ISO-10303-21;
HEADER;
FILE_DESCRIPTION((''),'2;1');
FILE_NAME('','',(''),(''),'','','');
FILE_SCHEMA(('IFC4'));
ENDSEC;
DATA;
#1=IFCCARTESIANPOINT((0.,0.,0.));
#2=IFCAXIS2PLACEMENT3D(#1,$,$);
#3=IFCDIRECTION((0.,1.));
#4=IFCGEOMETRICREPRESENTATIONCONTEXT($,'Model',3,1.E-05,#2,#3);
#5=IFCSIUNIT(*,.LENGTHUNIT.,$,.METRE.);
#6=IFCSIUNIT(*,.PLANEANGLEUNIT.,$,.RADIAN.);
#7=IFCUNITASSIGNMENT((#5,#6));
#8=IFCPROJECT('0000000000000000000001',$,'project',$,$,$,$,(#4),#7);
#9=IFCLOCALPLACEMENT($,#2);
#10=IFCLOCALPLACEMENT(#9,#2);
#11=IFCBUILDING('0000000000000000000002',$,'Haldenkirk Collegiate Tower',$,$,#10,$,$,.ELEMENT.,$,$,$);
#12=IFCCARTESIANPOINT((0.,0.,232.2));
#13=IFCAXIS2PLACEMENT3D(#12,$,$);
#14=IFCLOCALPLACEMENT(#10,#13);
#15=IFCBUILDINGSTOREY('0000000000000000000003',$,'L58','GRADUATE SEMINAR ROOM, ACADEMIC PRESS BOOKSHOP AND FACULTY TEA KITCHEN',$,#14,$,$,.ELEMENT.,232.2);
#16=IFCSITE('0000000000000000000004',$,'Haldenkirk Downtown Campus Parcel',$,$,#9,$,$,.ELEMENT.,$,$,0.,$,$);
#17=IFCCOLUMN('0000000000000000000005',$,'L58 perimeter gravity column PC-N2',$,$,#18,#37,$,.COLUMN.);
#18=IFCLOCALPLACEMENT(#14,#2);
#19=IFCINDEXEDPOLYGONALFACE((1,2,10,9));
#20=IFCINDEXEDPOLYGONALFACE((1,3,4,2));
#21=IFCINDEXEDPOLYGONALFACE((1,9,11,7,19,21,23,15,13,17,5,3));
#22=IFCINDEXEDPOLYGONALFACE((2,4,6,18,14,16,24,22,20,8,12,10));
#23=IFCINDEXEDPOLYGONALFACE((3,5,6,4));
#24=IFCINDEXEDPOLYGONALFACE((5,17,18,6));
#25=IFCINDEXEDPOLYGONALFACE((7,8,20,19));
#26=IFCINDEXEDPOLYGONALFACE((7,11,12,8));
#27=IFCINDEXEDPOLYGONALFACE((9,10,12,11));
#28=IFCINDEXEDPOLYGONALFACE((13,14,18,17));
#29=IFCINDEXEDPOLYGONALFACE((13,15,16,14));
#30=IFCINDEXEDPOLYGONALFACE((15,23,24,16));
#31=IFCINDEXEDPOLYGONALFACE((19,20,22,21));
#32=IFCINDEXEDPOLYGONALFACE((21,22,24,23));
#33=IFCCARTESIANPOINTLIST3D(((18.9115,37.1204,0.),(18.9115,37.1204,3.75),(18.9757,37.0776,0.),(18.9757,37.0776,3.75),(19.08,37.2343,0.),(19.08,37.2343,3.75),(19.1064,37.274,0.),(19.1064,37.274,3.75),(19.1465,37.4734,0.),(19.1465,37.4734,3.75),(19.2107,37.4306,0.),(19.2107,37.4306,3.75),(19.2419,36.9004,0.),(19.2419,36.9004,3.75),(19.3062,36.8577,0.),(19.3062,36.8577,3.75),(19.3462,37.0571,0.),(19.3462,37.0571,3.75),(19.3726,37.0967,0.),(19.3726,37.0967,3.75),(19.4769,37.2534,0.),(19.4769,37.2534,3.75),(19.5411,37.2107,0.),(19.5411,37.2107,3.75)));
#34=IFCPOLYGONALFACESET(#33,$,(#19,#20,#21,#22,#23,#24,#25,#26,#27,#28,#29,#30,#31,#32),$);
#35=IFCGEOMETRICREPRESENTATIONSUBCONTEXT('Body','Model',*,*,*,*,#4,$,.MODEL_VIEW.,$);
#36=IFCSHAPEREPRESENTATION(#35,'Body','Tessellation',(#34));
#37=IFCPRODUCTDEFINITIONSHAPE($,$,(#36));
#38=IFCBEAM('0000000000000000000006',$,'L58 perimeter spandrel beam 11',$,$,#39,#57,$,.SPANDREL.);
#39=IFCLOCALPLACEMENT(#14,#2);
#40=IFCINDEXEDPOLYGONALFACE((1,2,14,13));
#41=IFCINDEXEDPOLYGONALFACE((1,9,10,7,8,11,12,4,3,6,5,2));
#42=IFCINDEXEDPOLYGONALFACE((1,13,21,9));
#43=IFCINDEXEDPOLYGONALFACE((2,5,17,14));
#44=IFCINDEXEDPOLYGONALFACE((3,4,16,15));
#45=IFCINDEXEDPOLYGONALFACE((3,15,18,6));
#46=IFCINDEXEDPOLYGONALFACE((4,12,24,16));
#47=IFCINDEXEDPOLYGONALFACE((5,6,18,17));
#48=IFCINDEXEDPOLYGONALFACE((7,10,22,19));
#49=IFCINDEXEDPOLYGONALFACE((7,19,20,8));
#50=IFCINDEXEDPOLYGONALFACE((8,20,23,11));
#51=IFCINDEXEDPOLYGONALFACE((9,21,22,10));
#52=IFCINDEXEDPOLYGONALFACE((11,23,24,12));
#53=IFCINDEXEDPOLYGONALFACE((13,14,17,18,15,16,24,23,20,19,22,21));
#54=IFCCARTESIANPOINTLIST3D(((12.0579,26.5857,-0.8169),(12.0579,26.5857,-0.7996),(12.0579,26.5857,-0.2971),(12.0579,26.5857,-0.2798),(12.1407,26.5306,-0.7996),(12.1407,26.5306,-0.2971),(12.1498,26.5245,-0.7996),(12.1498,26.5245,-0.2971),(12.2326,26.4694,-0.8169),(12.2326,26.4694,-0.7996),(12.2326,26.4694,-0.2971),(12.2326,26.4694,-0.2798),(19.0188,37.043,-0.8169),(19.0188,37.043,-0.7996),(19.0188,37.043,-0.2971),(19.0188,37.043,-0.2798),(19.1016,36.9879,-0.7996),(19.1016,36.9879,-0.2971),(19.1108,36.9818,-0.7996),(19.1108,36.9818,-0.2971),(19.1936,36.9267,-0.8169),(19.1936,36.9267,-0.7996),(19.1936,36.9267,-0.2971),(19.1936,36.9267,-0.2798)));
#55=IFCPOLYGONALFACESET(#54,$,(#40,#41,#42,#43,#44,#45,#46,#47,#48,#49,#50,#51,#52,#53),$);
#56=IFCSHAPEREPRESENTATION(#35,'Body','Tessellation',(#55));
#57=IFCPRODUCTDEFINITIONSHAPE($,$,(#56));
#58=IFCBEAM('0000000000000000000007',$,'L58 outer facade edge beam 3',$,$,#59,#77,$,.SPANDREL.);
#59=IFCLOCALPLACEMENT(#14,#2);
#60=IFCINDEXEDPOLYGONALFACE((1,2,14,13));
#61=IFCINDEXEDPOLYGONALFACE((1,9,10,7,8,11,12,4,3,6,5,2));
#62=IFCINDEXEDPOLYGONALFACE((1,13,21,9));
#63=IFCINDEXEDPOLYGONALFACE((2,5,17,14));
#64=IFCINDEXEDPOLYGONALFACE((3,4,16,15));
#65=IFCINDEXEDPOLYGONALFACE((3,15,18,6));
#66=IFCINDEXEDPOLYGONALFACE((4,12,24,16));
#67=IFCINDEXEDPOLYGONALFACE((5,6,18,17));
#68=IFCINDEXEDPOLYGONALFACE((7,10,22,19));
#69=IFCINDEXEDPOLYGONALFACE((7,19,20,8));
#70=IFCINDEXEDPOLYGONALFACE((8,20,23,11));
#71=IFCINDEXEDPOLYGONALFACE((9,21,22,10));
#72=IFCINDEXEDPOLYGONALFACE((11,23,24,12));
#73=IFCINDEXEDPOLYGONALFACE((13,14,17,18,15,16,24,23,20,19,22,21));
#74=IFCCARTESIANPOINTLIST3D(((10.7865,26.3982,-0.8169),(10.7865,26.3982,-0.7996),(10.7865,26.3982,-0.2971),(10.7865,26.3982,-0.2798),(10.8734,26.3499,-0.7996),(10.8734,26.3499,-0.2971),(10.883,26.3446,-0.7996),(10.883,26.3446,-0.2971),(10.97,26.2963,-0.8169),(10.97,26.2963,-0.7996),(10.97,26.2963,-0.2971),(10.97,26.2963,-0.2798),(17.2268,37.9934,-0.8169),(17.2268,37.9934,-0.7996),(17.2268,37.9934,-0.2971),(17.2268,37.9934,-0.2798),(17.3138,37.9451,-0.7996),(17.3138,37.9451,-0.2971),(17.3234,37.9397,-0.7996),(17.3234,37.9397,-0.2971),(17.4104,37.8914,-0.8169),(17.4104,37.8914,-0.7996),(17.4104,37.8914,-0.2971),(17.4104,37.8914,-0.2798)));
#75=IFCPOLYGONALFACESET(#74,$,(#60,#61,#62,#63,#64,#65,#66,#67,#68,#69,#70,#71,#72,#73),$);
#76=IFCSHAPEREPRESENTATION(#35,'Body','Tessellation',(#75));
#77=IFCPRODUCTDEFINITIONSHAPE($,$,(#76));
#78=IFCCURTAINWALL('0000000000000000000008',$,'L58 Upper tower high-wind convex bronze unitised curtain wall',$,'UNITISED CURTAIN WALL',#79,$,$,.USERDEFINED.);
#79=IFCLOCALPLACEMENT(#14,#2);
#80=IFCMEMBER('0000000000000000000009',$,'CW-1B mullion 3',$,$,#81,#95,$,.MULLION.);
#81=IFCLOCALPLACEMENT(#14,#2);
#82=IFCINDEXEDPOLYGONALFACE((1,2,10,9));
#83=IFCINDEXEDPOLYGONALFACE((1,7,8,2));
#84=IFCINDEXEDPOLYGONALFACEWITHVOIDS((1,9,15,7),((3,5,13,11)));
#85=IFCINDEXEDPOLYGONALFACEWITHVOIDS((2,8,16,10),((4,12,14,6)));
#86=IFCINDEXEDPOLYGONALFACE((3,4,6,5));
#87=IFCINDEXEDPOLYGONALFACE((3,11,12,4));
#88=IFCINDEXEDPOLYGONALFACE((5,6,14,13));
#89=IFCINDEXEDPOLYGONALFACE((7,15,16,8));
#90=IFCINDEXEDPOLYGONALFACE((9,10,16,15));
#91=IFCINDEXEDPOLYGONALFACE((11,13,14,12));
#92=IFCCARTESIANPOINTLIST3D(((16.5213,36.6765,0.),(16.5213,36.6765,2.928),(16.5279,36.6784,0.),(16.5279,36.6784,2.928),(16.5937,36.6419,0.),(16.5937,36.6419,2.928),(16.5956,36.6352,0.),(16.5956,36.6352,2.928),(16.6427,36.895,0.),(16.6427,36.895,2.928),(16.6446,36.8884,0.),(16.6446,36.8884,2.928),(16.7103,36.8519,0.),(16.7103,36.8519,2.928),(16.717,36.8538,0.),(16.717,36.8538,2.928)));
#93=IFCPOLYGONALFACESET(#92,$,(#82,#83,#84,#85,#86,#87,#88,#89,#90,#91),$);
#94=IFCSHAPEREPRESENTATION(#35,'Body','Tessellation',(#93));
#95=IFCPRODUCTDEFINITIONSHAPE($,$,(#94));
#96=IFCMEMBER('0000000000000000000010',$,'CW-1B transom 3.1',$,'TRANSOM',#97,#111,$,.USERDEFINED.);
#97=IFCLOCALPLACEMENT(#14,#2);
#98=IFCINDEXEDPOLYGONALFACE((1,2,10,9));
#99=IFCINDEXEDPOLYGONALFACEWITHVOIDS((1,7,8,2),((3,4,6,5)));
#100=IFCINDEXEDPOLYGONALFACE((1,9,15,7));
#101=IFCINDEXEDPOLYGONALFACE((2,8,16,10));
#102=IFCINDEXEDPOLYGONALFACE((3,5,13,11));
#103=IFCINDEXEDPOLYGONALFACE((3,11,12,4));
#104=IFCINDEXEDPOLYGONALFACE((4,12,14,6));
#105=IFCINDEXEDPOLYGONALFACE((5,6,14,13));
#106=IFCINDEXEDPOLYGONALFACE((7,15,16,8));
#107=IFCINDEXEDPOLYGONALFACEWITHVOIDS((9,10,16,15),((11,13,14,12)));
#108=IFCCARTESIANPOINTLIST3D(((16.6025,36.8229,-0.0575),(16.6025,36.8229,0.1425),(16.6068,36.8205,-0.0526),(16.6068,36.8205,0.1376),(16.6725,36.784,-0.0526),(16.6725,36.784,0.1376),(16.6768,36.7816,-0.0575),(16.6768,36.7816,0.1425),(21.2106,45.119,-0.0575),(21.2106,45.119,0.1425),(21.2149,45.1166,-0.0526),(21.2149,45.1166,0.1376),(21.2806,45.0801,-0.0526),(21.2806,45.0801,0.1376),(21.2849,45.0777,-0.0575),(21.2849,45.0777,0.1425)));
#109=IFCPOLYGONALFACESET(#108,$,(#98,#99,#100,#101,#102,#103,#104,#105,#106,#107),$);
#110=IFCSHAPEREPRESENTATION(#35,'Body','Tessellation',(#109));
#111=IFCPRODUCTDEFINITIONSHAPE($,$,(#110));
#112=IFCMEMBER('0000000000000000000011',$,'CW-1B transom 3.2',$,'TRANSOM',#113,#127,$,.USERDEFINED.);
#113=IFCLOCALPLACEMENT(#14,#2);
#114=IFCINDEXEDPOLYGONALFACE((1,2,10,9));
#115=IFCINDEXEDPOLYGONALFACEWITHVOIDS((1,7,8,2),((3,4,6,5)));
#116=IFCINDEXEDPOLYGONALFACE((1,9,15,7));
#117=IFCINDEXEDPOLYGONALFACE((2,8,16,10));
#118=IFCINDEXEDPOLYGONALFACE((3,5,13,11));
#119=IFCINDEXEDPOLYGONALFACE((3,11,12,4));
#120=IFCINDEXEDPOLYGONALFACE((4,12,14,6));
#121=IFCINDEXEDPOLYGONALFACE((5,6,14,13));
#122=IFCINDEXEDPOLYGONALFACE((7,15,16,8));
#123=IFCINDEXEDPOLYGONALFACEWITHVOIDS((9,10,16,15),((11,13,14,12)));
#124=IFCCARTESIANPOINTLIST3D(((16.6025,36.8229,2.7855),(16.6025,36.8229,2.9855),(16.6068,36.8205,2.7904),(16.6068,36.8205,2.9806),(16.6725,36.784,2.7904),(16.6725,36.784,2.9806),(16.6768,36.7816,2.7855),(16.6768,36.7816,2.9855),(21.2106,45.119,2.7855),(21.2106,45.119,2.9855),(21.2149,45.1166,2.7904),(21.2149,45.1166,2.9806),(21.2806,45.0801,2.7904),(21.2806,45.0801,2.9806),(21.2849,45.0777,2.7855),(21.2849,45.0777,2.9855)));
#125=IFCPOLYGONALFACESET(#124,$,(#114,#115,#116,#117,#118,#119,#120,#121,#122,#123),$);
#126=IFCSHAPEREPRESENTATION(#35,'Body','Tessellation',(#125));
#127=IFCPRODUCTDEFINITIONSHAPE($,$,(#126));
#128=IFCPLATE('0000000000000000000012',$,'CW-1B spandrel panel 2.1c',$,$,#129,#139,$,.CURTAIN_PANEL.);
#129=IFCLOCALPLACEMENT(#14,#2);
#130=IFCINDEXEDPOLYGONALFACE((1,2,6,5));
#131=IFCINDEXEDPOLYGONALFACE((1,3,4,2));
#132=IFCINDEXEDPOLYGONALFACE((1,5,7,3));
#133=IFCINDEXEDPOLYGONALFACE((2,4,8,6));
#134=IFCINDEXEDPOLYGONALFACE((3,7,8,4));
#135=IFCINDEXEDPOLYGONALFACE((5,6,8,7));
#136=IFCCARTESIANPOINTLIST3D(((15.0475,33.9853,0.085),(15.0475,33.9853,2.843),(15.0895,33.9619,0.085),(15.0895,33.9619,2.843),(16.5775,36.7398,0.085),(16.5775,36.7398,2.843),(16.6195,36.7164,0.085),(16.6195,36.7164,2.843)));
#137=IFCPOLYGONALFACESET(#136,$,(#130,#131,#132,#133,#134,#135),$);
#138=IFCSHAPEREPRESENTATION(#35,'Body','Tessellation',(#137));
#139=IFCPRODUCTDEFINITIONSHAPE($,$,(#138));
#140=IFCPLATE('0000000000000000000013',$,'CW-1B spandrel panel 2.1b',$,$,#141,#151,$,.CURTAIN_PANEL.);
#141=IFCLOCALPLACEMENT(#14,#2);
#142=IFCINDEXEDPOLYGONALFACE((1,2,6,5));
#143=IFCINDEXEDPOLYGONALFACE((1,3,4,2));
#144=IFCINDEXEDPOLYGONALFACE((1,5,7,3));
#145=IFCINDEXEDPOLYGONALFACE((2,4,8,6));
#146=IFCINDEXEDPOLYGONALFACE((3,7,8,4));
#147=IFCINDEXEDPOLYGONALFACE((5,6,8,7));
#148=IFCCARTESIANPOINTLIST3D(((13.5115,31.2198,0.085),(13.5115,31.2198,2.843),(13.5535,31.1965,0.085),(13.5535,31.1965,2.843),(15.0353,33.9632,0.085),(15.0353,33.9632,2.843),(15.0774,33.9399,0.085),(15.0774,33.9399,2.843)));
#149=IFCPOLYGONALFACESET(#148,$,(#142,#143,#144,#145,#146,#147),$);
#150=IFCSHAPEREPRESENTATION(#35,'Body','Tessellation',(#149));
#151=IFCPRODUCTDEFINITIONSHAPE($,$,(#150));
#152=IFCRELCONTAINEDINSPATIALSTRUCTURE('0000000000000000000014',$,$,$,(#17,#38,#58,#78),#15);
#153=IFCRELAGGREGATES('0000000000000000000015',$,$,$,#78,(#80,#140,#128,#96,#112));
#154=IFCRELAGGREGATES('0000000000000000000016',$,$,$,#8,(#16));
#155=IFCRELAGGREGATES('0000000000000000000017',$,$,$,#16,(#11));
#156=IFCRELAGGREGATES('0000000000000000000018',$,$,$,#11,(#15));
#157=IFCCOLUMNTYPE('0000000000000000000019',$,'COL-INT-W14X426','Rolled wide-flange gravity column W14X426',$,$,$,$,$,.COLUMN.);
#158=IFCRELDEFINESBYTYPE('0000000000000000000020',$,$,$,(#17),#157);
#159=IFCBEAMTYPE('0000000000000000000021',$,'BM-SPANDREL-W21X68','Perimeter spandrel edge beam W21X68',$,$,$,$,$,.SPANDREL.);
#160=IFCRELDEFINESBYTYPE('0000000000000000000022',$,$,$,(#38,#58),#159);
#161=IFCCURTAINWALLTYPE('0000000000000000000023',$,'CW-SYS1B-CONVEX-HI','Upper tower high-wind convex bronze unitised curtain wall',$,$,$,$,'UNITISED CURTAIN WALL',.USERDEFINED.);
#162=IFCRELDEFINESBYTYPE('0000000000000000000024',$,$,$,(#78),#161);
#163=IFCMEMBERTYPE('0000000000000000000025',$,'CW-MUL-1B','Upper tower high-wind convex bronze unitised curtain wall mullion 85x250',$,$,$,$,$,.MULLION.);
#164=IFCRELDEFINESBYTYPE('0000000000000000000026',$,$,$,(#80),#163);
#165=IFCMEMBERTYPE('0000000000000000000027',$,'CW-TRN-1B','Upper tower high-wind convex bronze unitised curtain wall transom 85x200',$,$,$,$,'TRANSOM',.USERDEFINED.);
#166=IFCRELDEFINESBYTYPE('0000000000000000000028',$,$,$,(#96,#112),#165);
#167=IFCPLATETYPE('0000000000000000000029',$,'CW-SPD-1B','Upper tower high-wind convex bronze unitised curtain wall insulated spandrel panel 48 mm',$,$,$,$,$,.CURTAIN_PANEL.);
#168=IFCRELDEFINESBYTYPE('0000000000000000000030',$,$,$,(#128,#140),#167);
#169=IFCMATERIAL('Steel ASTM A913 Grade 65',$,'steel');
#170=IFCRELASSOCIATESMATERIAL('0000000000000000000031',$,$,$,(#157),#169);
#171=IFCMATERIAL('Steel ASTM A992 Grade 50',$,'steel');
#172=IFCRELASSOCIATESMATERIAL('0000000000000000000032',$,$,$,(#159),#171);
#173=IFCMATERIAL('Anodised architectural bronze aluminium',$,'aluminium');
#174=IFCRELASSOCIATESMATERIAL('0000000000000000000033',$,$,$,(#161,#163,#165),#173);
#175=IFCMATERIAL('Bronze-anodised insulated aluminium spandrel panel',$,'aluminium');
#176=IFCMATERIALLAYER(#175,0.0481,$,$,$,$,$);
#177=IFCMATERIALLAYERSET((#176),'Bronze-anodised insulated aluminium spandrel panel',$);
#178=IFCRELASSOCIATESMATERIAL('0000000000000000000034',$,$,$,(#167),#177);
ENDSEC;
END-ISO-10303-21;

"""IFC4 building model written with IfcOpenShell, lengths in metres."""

from ifc_helpers import new_model, si_unit, direction, frame, origin, origin_2d, place, context, subcontext, project, spatial, rectangle, hollow_rectangle, i_section, extrude, source, transform, mapped, material, layer, layer_set, material_profile, profile_set, type_object, element, aggregate, save


model = new_model("IFC4")

# Units and contexts
model_context = context("Model", 3, precision=1e-05, world=origin(), true_north=direction((0.0, 1.0)))
body_context = subcontext(model_context, "Body", "Model", "MODEL_VIEW")
ifc_project = project(units=[si_unit("LENGTHUNIT", "METRE"), si_unit("PLANEANGLEUNIT", "RADIAN")], contexts=[model_context])

# Site, building, storey
site_placement = place(None, origin())
site = spatial("IfcSite", under=ifc_project, at=site_placement, Name="Haldenkirk Downtown Campus Parcel", CompositionType="ELEMENT", RefElevation=0.0)
building_placement = place(site_placement, origin())
building = spatial("IfcBuilding", under=site, at=building_placement, Name="Haldenkirk Collegiate Tower", CompositionType="ELEMENT")
storey_placement = place(building_placement, frame((0.0, 0.0, 232.2)))
storey = spatial("IfcBuildingStorey", under=building, at=storey_placement, Name="L58", Description="GRADUATE SEMINAR ROOM, ACADEMIC PRESS BOOKSHOP AND FACULTY TEA KITCHEN", CompositionType="ELEMENT", Elevation=232.2)

# Column
ifc_material_1 = material(Name="Steel ASTM A913 Grade 65", Category="steel")
ifc_material_profile_1 = material_profile(ifc_material_1, i_section(OverallWidth=0.4241, OverallDepth=0.4741, WebThickness=0.0476, FlangeThickness=0.0771, at=origin_2d()), Name="W14X426")
ifc_profile_set_1 = profile_set([ifc_material_profile_1], Name="Steel ASTM A913 Grade 65")
column_type = type_object("IfcColumnType", Name="COL-INT-W14X426", Description="Rolled wide-flange gravity column W14X426", PredefinedType="COLUMN", material=ifc_profile_set_1)
column_placement = place(storey_placement, frame((19.2263, 37.1655, 0.0), z_axis=(0.0, 0.0, 1.0), x_axis=(0.554118, 0.832438, 0.0)))
element("IfcColumn", 1, at=column_placement, inside=storey, type_object=column_type, Name="L58 perimeter gravity column PC-N2", PredefinedType="COLUMN", context=body_context, shape_type="SweptSolid", body=[
    extrude(i_section(OverallWidth=0.4241, OverallDepth=0.4741, WebThickness=0.0476, FlangeThickness=0.0771, at=origin_2d()), origin(), (0.0, 0.0, 1.0), 3.75),
])

# Beams
ifc_material_2 = material(Name="Steel ASTM A992 Grade 50", Category="steel")
ifc_material_profile_2 = material_profile(ifc_material_2, i_section(OverallWidth=0.21, OverallDepth=0.5371, WebThickness=0.011, FlangeThickness=0.0173, at=origin_2d()), Name="W21X68")
ifc_profile_set_2 = profile_set([ifc_material_profile_2], Name="Steel ASTM A992 Grade 50")
beam_type = type_object("IfcBeamType", Name="BM-SPANDREL-W21X68", Description="Perimeter spandrel edge beam W21X68", PredefinedType="SPANDREL", material=ifc_profile_set_2)
beam_1_placement = place(storey_placement, frame((19.1062, 36.9849, -0.5483), z_axis=(-0.554117, -0.832439, 0.0), x_axis=(0.832439, -0.554117, 0.0)))
element("IfcBeam", 2, at=beam_1_placement, inside=storey, type_object=beam_type, Name="L58 perimeter spandrel beam 11", PredefinedType="SPANDREL", context=body_context, shape_type="SweptSolid", body=[
    extrude(i_section(OverallWidth=0.21, OverallDepth=0.5371, WebThickness=0.011, FlangeThickness=0.0173, at=origin_2d()), origin(), (0.0, 0.0, 1.0), 12.5623),
])
beam_2_placement = place(storey_placement, frame((17.3186, 37.9424, -0.5483), z_axis=(-0.485565, -0.874201, 0.0), x_axis=(0.874201, -0.485565, 0.0)))
element("IfcBeam", 3, at=beam_2_placement, inside=storey, type_object=beam_type, Name="L58 outer facade edge beam 3", PredefinedType="SPANDREL", context=body_context, shape_type="SweptSolid", body=[
    extrude(i_section(OverallWidth=0.21, OverallDepth=0.5371, WebThickness=0.011, FlangeThickness=0.0173, at=origin_2d()), origin(), (0.0, 0.0, 1.0), 13.2637),
])

# Curtain wall, members, plates
ifc_material_3 = material(Name="Anodised architectural bronze aluminium", Category="aluminium")
curtain_wall_type = type_object("IfcCurtainWallType", Name="CW-SYS1B-CONVEX-HI", Description="Upper tower high-wind convex bronze unitised curtain wall", ElementType="UNITISED CURTAIN WALL", PredefinedType="USERDEFINED", material=ifc_material_3)
curtain_wall_placement = place(storey_placement, origin())
curtain_wall = element("IfcCurtainWall", 4, at=curtain_wall_placement, inside=storey, type_object=curtain_wall_type, Name="L58 Upper tower high-wind convex bronze unitised curtain wall", ObjectType="UNITISED CURTAIN WALL", PredefinedType="USERDEFINED")
ifc_material_profile_3 = material_profile(ifc_material_3, hollow_rectangle(XDim=0.085, YDim=0.25, WallThickness=0.0049, at=origin_2d()), Name="CW-MUL-1B")
ifc_profile_set_3 = profile_set([ifc_material_profile_3], Name="Anodised architectural bronze aluminium")
member_type_1 = type_object("IfcMemberType", Name="CW-MUL-1B", Description="Upper tower high-wind convex bronze unitised curtain wall mullion 85x250", PredefinedType="MULLION", material=ifc_profile_set_3)
member_1_placement = place(storey_placement, frame((16.6191, 36.7651, 0.0), z_axis=(0.0, 0.0, 1.0), x_axis=(-0.874197, 0.485572, 0.0)))
member_1 = element("IfcMember", 5, at=member_1_placement, type_object=member_type_1, Name="CW-1B mullion 3", PredefinedType="MULLION", context=body_context, shape_type="SweptSolid", body=[
    extrude(hollow_rectangle(XDim=0.085, YDim=0.25, WallThickness=0.0049, at=origin_2d()), origin(), (0.0, 0.0, 1.0), 2.928),
])
ifc_material_profile_4 = material_profile(ifc_material_3, hollow_rectangle(XDim=0.085, YDim=0.2, WallThickness=0.0049, at=origin_2d()), Name="CW-TRN-1B")
ifc_profile_set_4 = profile_set([ifc_material_profile_4], Name="Anodised architectural bronze aluminium")
member_type_2 = type_object("IfcMemberType", Name="CW-TRN-1B", Description="Upper tower high-wind convex bronze unitised curtain wall transom 85x200", ElementType="TRANSOM", PredefinedType="USERDEFINED", material=ifc_profile_set_4)
member_2_placement = place(storey_placement, frame((16.6396, 36.8022, 0.0425), z_axis=(0.485577, 0.874194, 0.0), x_axis=(-0.874194, 0.485577, 0.0)))
member_2 = element("IfcMember", 6, at=member_2_placement, type_object=member_type_2, Name="CW-1B transom 3.1", ObjectType="TRANSOM", PredefinedType="USERDEFINED", context=body_context, shape_type="SweptSolid", body=[
    extrude(hollow_rectangle(XDim=0.085, YDim=0.2, WallThickness=0.0049, at=origin_2d()), origin(), (0.0, 0.0, 1.0), 9.49),
])
member_3_placement = place(storey_placement, frame((16.6396, 36.8022, 2.8855), z_axis=(0.485577, 0.874194, 0.0), x_axis=(-0.874194, 0.485577, 0.0)))
member_3 = element("IfcMember", 7, at=member_3_placement, type_object=member_type_2, Name="CW-1B transom 3.2", ObjectType="TRANSOM", PredefinedType="USERDEFINED", context=body_context, shape_type="SweptSolid", body=[
    extrude(hollow_rectangle(XDim=0.085, YDim=0.2, WallThickness=0.0049, at=origin_2d()), origin(), (0.0, 0.0, 1.0), 9.49),
])
ifc_material_4 = material(Name="Bronze-anodised insulated aluminium spandrel panel", Category="aluminium")
ifc_layer_1 = layer(ifc_material_4, 0.0481)
ifc_layer_set_1 = layer_set([ifc_layer_1], Name="Bronze-anodised insulated aluminium spandrel panel")
plate_type = type_object("IfcPlateType", Name="CW-SPD-1B", Description="Upper tower high-wind convex bronze unitised curtain wall insulated spandrel panel 48 mm", PredefinedType="CURTAIN_PANEL", material=ifc_layer_set_1)
shared_shape_1 = source(origin(), body_context, "Body", "SweptSolid", [
    extrude(rectangle(XDim=3.1509, YDim=0.0481, at=origin_2d()), origin(), (0.0, 0.0, 1.0), 2.7581),
])
plate_1_placement = place(storey_placement, frame((15.8335, 35.3508, 0.085), z_axis=(0.0, 0.0, 1.0), x_axis=(0.485572, 0.874197, 0.0)))
plate_1 = element("IfcPlate", 8, at=plate_1_placement, type_object=plate_type, Name="CW-1B spandrel panel 2.1c", PredefinedType="CURTAIN_PANEL", context=body_context, shape_type="MappedRepresentation", body=[
    mapped(shared_shape_1, transform((0.0, 0.0, 0.0), x_axis=(1.0, 0.0, 0.0), y_axis=(0.0, 1.0, 0.0), z_axis=(0.0, 0.0, 1.0), scale=1.0)),
])
shared_shape_2 = source(origin(), body_context, "Body", "SweptSolid", [
    extrude(rectangle(XDim=3.1382, YDim=0.0481, at=origin_2d()), origin(), (0.0, 0.0, 1.0), 2.7581),
])
plate_2_placement = place(storey_placement, frame((14.2944, 32.5798, 0.085), z_axis=(0.0, 0.0, 1.0), x_axis=(0.485572, 0.874197, 0.0)))
plate_2 = element("IfcPlate", 9, at=plate_2_placement, type_object=plate_type, Name="CW-1B spandrel panel 2.1b", PredefinedType="CURTAIN_PANEL", context=body_context, shape_type="MappedRepresentation", body=[
    mapped(shared_shape_2, transform((0.0, 0.0, 0.0), x_axis=(1.0, 0.0, 0.0), y_axis=(0.0, 1.0, 0.0), z_axis=(0.0, 0.0, 1.0), scale=1.0)),
])
aggregate(curtain_wall, [member_1, plate_2, plate_1, member_2, member_3])

save(model, "model.ifc")
